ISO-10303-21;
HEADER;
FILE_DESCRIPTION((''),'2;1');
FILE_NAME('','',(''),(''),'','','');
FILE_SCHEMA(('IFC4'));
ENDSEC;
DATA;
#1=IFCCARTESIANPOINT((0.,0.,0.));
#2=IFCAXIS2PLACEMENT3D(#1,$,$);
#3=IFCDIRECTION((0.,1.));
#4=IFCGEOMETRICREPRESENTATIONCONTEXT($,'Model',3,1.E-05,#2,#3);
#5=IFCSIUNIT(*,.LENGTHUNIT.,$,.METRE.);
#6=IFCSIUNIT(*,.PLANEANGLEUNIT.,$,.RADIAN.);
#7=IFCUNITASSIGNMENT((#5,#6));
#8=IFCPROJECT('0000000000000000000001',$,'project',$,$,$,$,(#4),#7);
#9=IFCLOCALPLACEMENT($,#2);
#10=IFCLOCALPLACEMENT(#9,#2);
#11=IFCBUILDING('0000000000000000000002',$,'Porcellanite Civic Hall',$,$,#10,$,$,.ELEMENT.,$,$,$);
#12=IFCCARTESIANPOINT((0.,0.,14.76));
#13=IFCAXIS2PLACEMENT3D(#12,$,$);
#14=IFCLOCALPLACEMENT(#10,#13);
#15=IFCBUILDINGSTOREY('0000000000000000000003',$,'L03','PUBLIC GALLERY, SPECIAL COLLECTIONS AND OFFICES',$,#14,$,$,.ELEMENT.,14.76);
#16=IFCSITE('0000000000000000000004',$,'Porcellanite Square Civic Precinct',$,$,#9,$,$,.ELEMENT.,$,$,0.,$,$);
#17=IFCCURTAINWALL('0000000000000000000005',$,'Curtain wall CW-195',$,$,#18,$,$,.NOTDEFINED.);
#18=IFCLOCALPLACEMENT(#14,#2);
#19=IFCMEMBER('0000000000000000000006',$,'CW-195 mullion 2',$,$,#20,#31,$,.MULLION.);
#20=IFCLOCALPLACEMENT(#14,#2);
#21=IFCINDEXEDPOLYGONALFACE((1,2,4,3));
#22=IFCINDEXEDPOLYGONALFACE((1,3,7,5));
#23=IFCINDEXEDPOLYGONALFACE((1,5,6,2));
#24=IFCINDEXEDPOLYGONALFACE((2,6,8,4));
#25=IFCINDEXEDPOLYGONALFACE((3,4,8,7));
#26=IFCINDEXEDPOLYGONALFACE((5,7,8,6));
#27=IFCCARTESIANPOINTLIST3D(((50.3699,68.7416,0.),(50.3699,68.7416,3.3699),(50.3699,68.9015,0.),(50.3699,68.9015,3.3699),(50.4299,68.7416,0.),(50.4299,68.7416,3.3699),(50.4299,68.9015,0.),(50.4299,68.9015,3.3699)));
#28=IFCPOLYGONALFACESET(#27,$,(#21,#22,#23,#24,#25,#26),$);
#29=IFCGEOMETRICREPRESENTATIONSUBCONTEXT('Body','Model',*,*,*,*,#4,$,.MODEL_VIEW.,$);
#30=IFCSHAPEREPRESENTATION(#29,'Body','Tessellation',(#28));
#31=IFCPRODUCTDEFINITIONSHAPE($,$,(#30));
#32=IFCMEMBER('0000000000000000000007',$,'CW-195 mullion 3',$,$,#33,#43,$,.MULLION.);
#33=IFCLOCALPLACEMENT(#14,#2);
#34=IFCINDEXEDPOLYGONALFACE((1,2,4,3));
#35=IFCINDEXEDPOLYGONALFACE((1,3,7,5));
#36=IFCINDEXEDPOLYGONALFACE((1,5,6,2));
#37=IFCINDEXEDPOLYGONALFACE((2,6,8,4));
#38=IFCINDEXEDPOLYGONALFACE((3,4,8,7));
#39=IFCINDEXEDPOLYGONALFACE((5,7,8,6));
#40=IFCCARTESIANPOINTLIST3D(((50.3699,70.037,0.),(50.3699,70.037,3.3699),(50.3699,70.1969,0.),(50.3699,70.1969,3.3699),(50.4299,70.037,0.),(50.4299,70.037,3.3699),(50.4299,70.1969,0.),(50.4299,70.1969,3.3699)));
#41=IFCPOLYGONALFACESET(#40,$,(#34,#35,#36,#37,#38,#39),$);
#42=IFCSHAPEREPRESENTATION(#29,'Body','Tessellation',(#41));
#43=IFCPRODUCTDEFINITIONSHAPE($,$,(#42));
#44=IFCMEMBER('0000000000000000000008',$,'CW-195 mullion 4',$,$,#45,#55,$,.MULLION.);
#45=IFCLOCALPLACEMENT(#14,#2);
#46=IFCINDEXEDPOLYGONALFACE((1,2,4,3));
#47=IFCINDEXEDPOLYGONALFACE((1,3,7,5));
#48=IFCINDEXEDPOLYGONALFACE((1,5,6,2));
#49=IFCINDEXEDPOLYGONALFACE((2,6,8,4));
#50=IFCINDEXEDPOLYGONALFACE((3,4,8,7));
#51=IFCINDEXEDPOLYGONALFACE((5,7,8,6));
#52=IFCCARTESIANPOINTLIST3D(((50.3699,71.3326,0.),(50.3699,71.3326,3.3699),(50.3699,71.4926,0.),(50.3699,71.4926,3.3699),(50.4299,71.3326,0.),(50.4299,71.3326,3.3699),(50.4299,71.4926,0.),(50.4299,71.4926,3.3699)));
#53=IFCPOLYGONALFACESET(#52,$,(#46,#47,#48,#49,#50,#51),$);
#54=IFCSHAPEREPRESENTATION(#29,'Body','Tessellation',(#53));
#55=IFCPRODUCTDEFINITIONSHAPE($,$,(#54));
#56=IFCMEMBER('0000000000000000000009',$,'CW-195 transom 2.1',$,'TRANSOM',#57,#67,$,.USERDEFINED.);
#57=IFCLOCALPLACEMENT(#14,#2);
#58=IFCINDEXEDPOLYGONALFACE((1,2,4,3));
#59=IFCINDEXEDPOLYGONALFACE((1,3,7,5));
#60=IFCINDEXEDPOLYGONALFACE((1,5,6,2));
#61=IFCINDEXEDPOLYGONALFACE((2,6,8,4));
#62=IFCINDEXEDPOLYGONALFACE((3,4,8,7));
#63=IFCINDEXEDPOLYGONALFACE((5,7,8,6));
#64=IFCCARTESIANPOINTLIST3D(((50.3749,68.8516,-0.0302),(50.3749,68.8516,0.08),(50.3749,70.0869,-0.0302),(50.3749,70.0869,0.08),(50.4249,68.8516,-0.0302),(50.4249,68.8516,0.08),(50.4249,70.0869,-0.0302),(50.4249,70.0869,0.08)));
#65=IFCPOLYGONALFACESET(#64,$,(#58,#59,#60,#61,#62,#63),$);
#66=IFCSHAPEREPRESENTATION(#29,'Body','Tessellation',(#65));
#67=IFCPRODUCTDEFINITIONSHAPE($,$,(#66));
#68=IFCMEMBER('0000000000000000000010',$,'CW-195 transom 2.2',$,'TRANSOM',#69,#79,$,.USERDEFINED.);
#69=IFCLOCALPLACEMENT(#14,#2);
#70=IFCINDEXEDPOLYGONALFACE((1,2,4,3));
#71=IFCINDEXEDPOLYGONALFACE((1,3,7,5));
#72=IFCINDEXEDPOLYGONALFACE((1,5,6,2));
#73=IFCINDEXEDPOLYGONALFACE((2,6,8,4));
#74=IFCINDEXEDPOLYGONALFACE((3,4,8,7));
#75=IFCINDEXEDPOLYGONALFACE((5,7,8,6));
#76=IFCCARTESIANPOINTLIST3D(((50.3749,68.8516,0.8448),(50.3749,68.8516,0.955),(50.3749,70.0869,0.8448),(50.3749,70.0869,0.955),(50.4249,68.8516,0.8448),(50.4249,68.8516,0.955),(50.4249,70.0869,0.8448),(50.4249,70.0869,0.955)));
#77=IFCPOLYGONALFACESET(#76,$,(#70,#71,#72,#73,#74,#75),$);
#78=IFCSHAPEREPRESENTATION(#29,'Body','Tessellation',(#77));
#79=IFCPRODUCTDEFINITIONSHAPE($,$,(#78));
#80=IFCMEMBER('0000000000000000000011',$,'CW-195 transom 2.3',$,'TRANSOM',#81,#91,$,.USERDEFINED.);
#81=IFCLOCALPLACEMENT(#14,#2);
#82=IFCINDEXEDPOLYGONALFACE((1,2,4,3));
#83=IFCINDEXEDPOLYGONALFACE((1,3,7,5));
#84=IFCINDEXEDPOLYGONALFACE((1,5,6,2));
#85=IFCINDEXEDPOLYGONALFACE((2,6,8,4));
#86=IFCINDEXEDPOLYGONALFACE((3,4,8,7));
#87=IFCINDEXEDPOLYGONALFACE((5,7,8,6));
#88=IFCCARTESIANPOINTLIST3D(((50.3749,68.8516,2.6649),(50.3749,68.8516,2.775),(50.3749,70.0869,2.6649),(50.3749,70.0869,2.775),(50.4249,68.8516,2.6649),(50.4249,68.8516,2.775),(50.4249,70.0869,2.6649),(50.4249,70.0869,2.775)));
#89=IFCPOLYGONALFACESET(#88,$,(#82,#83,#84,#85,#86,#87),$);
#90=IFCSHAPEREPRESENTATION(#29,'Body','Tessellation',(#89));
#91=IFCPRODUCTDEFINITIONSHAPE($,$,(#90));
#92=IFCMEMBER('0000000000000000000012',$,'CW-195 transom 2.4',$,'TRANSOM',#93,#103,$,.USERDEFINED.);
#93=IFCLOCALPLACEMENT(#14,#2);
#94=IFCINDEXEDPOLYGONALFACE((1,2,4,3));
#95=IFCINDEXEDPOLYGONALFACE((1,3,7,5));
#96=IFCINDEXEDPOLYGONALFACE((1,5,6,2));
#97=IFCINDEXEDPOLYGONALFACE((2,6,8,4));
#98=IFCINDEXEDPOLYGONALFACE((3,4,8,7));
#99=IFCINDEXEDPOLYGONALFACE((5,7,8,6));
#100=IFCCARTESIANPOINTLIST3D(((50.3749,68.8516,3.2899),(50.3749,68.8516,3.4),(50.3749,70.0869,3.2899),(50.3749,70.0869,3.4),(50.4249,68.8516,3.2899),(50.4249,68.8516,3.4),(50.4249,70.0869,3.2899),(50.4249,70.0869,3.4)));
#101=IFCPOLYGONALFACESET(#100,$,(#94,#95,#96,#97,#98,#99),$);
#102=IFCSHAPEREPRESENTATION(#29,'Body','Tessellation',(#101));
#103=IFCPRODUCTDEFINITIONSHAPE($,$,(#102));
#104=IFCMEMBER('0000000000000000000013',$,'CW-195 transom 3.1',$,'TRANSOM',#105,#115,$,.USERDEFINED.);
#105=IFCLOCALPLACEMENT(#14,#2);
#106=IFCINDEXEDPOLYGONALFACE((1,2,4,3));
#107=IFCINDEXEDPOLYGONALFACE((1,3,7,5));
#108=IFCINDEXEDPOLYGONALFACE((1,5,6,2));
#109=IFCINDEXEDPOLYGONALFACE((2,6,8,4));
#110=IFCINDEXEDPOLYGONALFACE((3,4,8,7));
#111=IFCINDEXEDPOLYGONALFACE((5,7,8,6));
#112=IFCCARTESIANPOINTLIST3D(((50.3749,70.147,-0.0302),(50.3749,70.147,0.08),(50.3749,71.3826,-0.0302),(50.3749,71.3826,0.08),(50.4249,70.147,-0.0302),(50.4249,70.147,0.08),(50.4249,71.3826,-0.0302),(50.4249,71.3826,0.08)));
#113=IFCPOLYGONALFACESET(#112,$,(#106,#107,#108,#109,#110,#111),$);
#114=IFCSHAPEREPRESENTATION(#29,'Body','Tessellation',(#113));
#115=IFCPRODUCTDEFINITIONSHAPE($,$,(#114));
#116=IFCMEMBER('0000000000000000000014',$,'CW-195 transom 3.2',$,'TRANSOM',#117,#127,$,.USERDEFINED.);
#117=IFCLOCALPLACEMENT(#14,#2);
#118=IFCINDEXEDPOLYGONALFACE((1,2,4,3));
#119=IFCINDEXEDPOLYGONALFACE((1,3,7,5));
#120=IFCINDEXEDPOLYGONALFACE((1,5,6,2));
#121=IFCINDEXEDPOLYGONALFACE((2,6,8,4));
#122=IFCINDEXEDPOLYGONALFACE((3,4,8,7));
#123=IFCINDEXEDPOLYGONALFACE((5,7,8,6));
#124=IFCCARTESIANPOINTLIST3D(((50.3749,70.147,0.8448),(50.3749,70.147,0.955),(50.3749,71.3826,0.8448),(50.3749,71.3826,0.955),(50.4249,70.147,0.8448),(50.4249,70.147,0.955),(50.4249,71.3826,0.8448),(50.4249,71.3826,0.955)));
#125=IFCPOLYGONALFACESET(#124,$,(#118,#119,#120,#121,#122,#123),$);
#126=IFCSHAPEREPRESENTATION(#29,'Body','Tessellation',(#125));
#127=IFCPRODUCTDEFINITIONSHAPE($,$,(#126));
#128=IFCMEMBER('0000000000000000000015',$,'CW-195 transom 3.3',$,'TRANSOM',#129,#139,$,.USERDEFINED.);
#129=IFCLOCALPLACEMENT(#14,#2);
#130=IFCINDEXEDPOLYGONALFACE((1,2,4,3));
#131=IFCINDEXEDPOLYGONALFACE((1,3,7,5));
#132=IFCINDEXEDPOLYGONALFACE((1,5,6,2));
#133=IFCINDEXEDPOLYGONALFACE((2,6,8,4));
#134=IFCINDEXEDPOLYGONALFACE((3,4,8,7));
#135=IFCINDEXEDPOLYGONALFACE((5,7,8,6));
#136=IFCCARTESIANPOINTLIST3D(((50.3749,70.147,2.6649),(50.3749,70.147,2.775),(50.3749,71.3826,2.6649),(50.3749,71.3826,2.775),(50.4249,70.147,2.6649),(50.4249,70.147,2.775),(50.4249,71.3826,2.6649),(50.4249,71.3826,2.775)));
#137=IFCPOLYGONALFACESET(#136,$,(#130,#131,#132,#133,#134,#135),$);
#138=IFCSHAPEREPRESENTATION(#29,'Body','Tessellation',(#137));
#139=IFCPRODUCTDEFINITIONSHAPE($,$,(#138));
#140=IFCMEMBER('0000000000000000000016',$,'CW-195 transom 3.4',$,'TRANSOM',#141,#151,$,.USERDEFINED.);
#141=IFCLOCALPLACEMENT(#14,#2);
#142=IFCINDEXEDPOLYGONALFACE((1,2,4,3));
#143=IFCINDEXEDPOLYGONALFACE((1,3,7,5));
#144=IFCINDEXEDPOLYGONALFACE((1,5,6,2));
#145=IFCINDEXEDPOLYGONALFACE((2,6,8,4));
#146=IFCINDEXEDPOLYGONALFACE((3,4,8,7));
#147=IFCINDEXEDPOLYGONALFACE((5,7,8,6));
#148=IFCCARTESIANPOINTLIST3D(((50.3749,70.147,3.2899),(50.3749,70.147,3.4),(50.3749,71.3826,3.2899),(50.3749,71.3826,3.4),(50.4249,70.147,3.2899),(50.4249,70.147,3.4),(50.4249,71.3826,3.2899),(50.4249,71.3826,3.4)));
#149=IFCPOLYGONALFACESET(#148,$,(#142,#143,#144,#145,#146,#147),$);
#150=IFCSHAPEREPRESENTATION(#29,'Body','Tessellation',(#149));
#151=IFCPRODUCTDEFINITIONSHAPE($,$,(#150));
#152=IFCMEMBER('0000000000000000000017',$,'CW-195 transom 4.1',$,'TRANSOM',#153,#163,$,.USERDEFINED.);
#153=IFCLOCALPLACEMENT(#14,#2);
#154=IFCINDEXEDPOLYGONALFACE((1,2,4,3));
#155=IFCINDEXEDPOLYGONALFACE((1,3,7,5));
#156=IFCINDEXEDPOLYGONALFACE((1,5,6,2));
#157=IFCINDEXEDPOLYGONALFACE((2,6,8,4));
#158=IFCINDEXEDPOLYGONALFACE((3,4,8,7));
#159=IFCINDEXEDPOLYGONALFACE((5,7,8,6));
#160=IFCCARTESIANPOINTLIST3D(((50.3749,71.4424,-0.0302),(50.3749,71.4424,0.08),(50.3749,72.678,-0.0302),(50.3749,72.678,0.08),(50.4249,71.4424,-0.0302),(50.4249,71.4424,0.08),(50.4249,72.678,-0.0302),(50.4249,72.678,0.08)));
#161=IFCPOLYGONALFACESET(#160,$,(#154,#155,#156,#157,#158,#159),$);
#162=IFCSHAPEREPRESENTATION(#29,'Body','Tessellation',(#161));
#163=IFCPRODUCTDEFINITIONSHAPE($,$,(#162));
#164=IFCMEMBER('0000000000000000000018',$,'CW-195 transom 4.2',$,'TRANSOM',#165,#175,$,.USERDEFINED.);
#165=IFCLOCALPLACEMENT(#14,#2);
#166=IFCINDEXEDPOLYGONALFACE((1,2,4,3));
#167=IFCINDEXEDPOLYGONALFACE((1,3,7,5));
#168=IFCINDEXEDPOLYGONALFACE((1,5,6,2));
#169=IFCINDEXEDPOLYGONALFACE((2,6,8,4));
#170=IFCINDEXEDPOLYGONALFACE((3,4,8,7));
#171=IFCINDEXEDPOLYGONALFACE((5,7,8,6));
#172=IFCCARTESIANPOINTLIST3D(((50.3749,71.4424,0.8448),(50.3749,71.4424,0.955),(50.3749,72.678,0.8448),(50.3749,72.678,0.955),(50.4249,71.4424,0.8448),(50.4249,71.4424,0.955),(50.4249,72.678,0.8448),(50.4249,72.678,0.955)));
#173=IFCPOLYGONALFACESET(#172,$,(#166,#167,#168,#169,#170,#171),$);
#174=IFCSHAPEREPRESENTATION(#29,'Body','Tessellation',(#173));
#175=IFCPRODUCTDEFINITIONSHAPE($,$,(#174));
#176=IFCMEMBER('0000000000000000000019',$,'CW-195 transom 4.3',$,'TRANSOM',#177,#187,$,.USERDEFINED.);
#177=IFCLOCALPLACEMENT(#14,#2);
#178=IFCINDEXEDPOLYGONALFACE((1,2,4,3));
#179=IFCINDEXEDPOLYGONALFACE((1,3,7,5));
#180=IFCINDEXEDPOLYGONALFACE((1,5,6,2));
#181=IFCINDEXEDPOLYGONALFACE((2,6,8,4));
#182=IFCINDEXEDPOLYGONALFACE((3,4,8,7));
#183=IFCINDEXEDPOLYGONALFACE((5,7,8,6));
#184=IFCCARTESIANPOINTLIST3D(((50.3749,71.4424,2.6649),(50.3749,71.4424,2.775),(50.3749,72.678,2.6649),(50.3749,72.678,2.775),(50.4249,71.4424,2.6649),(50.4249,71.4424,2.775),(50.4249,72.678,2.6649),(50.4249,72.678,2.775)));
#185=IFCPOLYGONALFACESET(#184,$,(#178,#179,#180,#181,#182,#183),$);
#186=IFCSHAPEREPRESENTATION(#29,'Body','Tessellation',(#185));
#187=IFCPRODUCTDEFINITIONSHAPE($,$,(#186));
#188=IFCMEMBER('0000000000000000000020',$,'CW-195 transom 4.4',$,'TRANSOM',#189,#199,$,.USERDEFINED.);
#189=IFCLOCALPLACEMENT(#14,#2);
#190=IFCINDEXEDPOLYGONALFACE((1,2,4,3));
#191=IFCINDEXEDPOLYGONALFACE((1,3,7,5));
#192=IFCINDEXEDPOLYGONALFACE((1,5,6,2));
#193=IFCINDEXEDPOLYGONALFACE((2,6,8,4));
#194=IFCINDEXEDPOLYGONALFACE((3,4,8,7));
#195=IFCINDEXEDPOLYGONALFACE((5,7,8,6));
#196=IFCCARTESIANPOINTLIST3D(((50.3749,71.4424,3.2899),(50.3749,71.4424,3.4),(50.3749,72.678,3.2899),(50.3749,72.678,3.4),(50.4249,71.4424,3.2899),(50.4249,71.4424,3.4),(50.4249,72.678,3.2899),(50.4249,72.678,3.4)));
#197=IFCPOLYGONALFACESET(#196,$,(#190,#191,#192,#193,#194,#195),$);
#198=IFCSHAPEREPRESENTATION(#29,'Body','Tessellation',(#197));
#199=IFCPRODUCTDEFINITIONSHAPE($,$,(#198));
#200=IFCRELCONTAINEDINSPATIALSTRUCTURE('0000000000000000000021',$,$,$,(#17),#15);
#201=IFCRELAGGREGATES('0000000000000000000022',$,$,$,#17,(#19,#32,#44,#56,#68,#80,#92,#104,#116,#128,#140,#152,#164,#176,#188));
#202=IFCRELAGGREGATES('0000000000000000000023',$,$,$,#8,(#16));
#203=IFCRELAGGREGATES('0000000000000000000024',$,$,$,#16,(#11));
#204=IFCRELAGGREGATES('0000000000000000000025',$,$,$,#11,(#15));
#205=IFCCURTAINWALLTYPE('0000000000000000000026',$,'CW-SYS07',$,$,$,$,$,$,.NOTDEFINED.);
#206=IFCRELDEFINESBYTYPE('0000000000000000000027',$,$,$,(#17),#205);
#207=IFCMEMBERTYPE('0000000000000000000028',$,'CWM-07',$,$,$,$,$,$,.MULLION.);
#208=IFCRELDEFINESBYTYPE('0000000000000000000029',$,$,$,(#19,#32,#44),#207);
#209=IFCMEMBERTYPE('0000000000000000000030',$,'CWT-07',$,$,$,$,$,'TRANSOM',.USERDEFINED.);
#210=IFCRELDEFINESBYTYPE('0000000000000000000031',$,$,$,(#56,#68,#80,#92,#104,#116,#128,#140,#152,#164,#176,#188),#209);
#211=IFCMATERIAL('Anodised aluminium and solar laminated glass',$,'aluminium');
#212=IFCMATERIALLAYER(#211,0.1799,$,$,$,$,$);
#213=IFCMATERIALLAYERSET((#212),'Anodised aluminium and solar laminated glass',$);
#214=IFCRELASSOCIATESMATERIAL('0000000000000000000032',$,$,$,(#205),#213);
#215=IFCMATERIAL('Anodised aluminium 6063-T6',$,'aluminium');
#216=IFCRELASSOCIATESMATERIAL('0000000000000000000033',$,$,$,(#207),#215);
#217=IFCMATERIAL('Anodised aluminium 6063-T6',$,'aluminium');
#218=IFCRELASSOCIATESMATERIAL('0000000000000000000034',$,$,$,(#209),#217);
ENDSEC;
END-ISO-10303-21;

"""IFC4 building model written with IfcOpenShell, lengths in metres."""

from ifc_helpers import new_model, si_unit, direction, frame, origin, origin_2d, place, context, subcontext, project, spatial, rectangle, extrude, material, layer, layer_set, material_profile, profile_set, type_object, element, aggregate, save


model = new_model("IFC4")

# Units and contexts
model_context = context("Model", 3, precision=1e-05, world=origin(), true_north=direction((0.0, 1.0)))
body_context = subcontext(model_context, "Body", "Model", "MODEL_VIEW")
ifc_project = project(units=[si_unit("LENGTHUNIT", "METRE"), si_unit("PLANEANGLEUNIT", "RADIAN")], contexts=[model_context])

# Site, building, storey
site_placement = place(None, origin())
site = spatial("IfcSite", under=ifc_project, at=site_placement, Name="Porcellanite Square Civic Precinct", CompositionType="ELEMENT", RefElevation=0.0)
building_placement = place(site_placement, origin())
building = spatial("IfcBuilding", under=site, at=building_placement, Name="Porcellanite Civic Hall", CompositionType="ELEMENT")
storey_placement = place(building_placement, frame((0.0, 0.0, 14.76)))
storey = spatial("IfcBuildingStorey", under=building, at=storey_placement, Name="L03", Description="PUBLIC GALLERY, SPECIAL COLLECTIONS AND OFFICES", CompositionType="ELEMENT", Elevation=14.76)

# Curtain wall, members
ifc_material_1 = material(Name="Anodised aluminium and solar laminated glass", Category="aluminium")
ifc_layer_1 = layer(ifc_material_1, 0.1799)
ifc_layer_set_1 = layer_set([ifc_layer_1], Name="Anodised aluminium and solar laminated glass")
curtain_wall_type_1 = type_object("IfcCurtainWallType", Name="CW-SYS07", PredefinedType="NOTDEFINED", material=ifc_layer_set_1)
curtain_wall_1_placement = place(storey_placement, origin())
curtain_wall_1 = element("IfcCurtainWall", 1, at=curtain_wall_1_placement, inside=storey, type_object=curtain_wall_type_1, Name="Curtain wall CW-195", PredefinedType="NOTDEFINED")
ifc_material_2 = material(Name="Anodised aluminium 6063-T6", Category="aluminium")
ifc_material_profile_1 = material_profile(ifc_material_2, rectangle(XDim=0.0601, YDim=0.1599, at=origin_2d()), Name="AL-60x160")
ifc_profile_set_1 = profile_set([ifc_material_profile_1], Name="Anodised aluminium 6063-T6")
member_type_1 = type_object("IfcMemberType", Name="CWM-07", PredefinedType="MULLION", material=ifc_profile_set_1)
member_1_placement = place(storey_placement, frame((50.3999, 68.8215, 0.0), z_axis=(0.0, 0.0, 1.0), x_axis=(-1.0, 0.0, 0.0)))
member_1 = element("IfcMember", 2, at=member_1_placement, type_object=member_type_1, Name="CW-195 mullion 2", PredefinedType="MULLION", context=body_context, shape_type="SweptSolid", body=[
    extrude(rectangle(XDim=0.0601, YDim=0.1599, at=origin_2d()), origin(), (0.0, 0.0, 1.0), 3.3699),
])
member_2_placement = place(storey_placement, frame((50.3999, 70.1169, 0.0), z_axis=(0.0, 0.0, 1.0), x_axis=(-1.0, 0.0, 0.0)))
member_2 = element("IfcMember", 3, at=member_2_placement, type_object=member_type_1, Name="CW-195 mullion 3", PredefinedType="MULLION", context=body_context, shape_type="SweptSolid", body=[
    extrude(rectangle(XDim=0.0601, YDim=0.1599, at=origin_2d()), origin(), (0.0, 0.0, 1.0), 3.3699),
])
member_3_placement = place(storey_placement, frame((50.3999, 71.4126, 0.0), z_axis=(0.0, 0.0, 1.0), x_axis=(-1.0, 0.0, 0.0)))
member_3 = element("IfcMember", 4, at=member_3_placement, type_object=member_type_1, Name="CW-195 mullion 4", PredefinedType="MULLION", context=body_context, shape_type="SweptSolid", body=[
    extrude(rectangle(XDim=0.0601, YDim=0.1599, at=origin_2d()), origin(), (0.0, 0.0, 1.0), 3.3699),
])
ifc_material_3 = material(Name="Anodised aluminium 6063-T6", Category="aluminium")
ifc_material_profile_2 = material_profile(ifc_material_3, rectangle(XDim=0.05, YDim=0.1101, at=origin_2d()), Name="AL-50x110")
ifc_profile_set_2 = profile_set([ifc_material_profile_2], Name="Anodised aluminium 6063-T6")
member_type_2 = type_object("IfcMemberType", Name="CWT-07", ElementType="TRANSOM", PredefinedType="USERDEFINED", material=ifc_profile_set_2)
member_4_placement = place(storey_placement, frame((50.3999, 68.8516, 0.0249), z_axis=(0.0, 1.0, 0.0), x_axis=(-1.0, 0.0, 0.0)))
member_4 = element("IfcMember", 5, at=member_4_placement, type_object=member_type_2, Name="CW-195 transom 2.1", ObjectType="TRANSOM", PredefinedType="USERDEFINED", context=body_context, shape_type="SweptSolid", body=[
    extrude(rectangle(XDim=0.05, YDim=0.1101, at=origin_2d()), origin(), (0.0, 0.0, 1.0), 1.2354),
])
member_5_placement = place(storey_placement, frame((50.3999, 68.8516, 0.8999), z_axis=(0.0, 1.0, 0.0), x_axis=(-1.0, 0.0, 0.0)))
member_5 = element("IfcMember", 6, at=member_5_placement, type_object=member_type_2, Name="CW-195 transom 2.2", ObjectType="TRANSOM", PredefinedType="USERDEFINED", context=body_context, shape_type="SweptSolid", body=[
    extrude(rectangle(XDim=0.05, YDim=0.1101, at=origin_2d()), origin(), (0.0, 0.0, 1.0), 1.2354),
])
member_6_placement = place(storey_placement, frame((50.3999, 68.8516, 2.72), z_axis=(0.0, 1.0, 0.0), x_axis=(-1.0, 0.0, 0.0)))
member_6 = element("IfcMember", 7, at=member_6_placement, type_object=member_type_2, Name="CW-195 transom 2.3", ObjectType="TRANSOM", PredefinedType="USERDEFINED", context=body_context, shape_type="SweptSolid", body=[
    extrude(rectangle(XDim=0.05, YDim=0.1101, at=origin_2d()), origin(), (0.0, 0.0, 1.0), 1.2354),
])
member_7_placement = place(storey_placement, frame((50.3999, 68.8516, 3.345), z_axis=(0.0, 1.0, 0.0), x_axis=(-1.0, 0.0, 0.0)))
member_7 = element("IfcMember", 8, at=member_7_placement, type_object=member_type_2, Name="CW-195 transom 2.4", ObjectType="TRANSOM", PredefinedType="USERDEFINED", context=body_context, shape_type="SweptSolid", body=[
    extrude(rectangle(XDim=0.05, YDim=0.1101, at=origin_2d()), origin(), (0.0, 0.0, 1.0), 1.2354),
])
member_8_placement = place(storey_placement, frame((50.3999, 70.147, 0.0249), z_axis=(0.0, 1.0, 0.0), x_axis=(-1.0, 0.0, 0.0)))
member_8 = element("IfcMember", 9, at=member_8_placement, type_object=member_type_2, Name="CW-195 transom 3.1", ObjectType="TRANSOM", PredefinedType="USERDEFINED", context=body_context, shape_type="SweptSolid", body=[
    extrude(rectangle(XDim=0.05, YDim=0.1101, at=origin_2d()), origin(), (0.0, 0.0, 1.0), 1.2356),
])
member_9_placement = place(storey_placement, frame((50.3999, 70.147, 0.8999), z_axis=(0.0, 1.0, 0.0), x_axis=(-1.0, 0.0, 0.0)))
member_9 = element("IfcMember", 10, at=member_9_placement, type_object=member_type_2, Name="CW-195 transom 3.2", ObjectType="TRANSOM", PredefinedType="USERDEFINED", context=body_context, shape_type="SweptSolid", body=[
    extrude(rectangle(XDim=0.05, YDim=0.1101, at=origin_2d()), origin(), (0.0, 0.0, 1.0), 1.2356),
])
member_10_placement = place(storey_placement, frame((50.3999, 70.147, 2.72), z_axis=(0.0, 1.0, 0.0), x_axis=(-1.0, 0.0, 0.0)))
member_10 = element("IfcMember", 11, at=member_10_placement, type_object=member_type_2, Name="CW-195 transom 3.3", ObjectType="TRANSOM", PredefinedType="USERDEFINED", context=body_context, shape_type="SweptSolid", body=[
    extrude(rectangle(XDim=0.05, YDim=0.1101, at=origin_2d()), origin(), (0.0, 0.0, 1.0), 1.2356),
])
member_11_placement = place(storey_placement, frame((50.3999, 70.147, 3.345), z_axis=(0.0, 1.0, 0.0), x_axis=(-1.0, 0.0, 0.0)))
member_11 = element("IfcMember", 12, at=member_11_placement, type_object=member_type_2, Name="CW-195 transom 3.4", ObjectType="TRANSOM", PredefinedType="USERDEFINED", context=body_context, shape_type="SweptSolid", body=[
    extrude(rectangle(XDim=0.05, YDim=0.1101, at=origin_2d()), origin(), (0.0, 0.0, 1.0), 1.2356),
])
member_12_placement = place(storey_placement, frame((50.3999, 71.4424, 0.0249), z_axis=(0.0, 1.0, 0.0), x_axis=(-1.0, 0.0, 0.0)))
member_12 = element("IfcMember", 13, at=member_12_placement, type_object=member_type_2, Name="CW-195 transom 4.1", ObjectType="TRANSOM", PredefinedType="USERDEFINED", context=body_context, shape_type="SweptSolid", body=[
    extrude(rectangle(XDim=0.05, YDim=0.1101, at=origin_2d()), origin(), (0.0, 0.0, 1.0), 1.2356),
])
member_13_placement = place(storey_placement, frame((50.3999, 71.4424, 0.8999), z_axis=(0.0, 1.0, 0.0), x_axis=(-1.0, 0.0, 0.0)))
member_13 = element("IfcMember", 14, at=member_13_placement, type_object=member_type_2, Name="CW-195 transom 4.2", ObjectType="TRANSOM", PredefinedType="USERDEFINED", context=body_context, shape_type="SweptSolid", body=[
    extrude(rectangle(XDim=0.05, YDim=0.1101, at=origin_2d()), origin(), (0.0, 0.0, 1.0), 1.2356),
])
member_14_placement = place(storey_placement, frame((50.3999, 71.4424, 2.72), z_axis=(0.0, 1.0, 0.0), x_axis=(-1.0, 0.0, 0.0)))
member_14 = element("IfcMember", 15, at=member_14_placement, type_object=member_type_2, Name="CW-195 transom 4.3", ObjectType="TRANSOM", PredefinedType="USERDEFINED", context=body_context, shape_type="SweptSolid", body=[
    extrude(rectangle(XDim=0.05, YDim=0.1101, at=origin_2d()), origin(), (0.0, 0.0, 1.0), 1.2356),
])
member_15_placement = place(storey_placement, frame((50.3999, 71.4424, 3.345), z_axis=(0.0, 1.0, 0.0), x_axis=(-1.0, 0.0, 0.0)))
member_15 = element("IfcMember", 16, at=member_15_placement, type_object=member_type_2, Name="CW-195 transom 4.4", ObjectType="TRANSOM", PredefinedType="USERDEFINED", context=body_context, shape_type="SweptSolid", body=[
    extrude(rectangle(XDim=0.05, YDim=0.1101, at=origin_2d()), origin(), (0.0, 0.0, 1.0), 1.2356),
])
aggregate(curtain_wall_1, [member_1, member_2, member_3, member_4, member_5, member_6, member_7, member_8, member_9, member_10, member_11, member_12, member_13, member_14, member_15])

save(model, "model.ifc")
